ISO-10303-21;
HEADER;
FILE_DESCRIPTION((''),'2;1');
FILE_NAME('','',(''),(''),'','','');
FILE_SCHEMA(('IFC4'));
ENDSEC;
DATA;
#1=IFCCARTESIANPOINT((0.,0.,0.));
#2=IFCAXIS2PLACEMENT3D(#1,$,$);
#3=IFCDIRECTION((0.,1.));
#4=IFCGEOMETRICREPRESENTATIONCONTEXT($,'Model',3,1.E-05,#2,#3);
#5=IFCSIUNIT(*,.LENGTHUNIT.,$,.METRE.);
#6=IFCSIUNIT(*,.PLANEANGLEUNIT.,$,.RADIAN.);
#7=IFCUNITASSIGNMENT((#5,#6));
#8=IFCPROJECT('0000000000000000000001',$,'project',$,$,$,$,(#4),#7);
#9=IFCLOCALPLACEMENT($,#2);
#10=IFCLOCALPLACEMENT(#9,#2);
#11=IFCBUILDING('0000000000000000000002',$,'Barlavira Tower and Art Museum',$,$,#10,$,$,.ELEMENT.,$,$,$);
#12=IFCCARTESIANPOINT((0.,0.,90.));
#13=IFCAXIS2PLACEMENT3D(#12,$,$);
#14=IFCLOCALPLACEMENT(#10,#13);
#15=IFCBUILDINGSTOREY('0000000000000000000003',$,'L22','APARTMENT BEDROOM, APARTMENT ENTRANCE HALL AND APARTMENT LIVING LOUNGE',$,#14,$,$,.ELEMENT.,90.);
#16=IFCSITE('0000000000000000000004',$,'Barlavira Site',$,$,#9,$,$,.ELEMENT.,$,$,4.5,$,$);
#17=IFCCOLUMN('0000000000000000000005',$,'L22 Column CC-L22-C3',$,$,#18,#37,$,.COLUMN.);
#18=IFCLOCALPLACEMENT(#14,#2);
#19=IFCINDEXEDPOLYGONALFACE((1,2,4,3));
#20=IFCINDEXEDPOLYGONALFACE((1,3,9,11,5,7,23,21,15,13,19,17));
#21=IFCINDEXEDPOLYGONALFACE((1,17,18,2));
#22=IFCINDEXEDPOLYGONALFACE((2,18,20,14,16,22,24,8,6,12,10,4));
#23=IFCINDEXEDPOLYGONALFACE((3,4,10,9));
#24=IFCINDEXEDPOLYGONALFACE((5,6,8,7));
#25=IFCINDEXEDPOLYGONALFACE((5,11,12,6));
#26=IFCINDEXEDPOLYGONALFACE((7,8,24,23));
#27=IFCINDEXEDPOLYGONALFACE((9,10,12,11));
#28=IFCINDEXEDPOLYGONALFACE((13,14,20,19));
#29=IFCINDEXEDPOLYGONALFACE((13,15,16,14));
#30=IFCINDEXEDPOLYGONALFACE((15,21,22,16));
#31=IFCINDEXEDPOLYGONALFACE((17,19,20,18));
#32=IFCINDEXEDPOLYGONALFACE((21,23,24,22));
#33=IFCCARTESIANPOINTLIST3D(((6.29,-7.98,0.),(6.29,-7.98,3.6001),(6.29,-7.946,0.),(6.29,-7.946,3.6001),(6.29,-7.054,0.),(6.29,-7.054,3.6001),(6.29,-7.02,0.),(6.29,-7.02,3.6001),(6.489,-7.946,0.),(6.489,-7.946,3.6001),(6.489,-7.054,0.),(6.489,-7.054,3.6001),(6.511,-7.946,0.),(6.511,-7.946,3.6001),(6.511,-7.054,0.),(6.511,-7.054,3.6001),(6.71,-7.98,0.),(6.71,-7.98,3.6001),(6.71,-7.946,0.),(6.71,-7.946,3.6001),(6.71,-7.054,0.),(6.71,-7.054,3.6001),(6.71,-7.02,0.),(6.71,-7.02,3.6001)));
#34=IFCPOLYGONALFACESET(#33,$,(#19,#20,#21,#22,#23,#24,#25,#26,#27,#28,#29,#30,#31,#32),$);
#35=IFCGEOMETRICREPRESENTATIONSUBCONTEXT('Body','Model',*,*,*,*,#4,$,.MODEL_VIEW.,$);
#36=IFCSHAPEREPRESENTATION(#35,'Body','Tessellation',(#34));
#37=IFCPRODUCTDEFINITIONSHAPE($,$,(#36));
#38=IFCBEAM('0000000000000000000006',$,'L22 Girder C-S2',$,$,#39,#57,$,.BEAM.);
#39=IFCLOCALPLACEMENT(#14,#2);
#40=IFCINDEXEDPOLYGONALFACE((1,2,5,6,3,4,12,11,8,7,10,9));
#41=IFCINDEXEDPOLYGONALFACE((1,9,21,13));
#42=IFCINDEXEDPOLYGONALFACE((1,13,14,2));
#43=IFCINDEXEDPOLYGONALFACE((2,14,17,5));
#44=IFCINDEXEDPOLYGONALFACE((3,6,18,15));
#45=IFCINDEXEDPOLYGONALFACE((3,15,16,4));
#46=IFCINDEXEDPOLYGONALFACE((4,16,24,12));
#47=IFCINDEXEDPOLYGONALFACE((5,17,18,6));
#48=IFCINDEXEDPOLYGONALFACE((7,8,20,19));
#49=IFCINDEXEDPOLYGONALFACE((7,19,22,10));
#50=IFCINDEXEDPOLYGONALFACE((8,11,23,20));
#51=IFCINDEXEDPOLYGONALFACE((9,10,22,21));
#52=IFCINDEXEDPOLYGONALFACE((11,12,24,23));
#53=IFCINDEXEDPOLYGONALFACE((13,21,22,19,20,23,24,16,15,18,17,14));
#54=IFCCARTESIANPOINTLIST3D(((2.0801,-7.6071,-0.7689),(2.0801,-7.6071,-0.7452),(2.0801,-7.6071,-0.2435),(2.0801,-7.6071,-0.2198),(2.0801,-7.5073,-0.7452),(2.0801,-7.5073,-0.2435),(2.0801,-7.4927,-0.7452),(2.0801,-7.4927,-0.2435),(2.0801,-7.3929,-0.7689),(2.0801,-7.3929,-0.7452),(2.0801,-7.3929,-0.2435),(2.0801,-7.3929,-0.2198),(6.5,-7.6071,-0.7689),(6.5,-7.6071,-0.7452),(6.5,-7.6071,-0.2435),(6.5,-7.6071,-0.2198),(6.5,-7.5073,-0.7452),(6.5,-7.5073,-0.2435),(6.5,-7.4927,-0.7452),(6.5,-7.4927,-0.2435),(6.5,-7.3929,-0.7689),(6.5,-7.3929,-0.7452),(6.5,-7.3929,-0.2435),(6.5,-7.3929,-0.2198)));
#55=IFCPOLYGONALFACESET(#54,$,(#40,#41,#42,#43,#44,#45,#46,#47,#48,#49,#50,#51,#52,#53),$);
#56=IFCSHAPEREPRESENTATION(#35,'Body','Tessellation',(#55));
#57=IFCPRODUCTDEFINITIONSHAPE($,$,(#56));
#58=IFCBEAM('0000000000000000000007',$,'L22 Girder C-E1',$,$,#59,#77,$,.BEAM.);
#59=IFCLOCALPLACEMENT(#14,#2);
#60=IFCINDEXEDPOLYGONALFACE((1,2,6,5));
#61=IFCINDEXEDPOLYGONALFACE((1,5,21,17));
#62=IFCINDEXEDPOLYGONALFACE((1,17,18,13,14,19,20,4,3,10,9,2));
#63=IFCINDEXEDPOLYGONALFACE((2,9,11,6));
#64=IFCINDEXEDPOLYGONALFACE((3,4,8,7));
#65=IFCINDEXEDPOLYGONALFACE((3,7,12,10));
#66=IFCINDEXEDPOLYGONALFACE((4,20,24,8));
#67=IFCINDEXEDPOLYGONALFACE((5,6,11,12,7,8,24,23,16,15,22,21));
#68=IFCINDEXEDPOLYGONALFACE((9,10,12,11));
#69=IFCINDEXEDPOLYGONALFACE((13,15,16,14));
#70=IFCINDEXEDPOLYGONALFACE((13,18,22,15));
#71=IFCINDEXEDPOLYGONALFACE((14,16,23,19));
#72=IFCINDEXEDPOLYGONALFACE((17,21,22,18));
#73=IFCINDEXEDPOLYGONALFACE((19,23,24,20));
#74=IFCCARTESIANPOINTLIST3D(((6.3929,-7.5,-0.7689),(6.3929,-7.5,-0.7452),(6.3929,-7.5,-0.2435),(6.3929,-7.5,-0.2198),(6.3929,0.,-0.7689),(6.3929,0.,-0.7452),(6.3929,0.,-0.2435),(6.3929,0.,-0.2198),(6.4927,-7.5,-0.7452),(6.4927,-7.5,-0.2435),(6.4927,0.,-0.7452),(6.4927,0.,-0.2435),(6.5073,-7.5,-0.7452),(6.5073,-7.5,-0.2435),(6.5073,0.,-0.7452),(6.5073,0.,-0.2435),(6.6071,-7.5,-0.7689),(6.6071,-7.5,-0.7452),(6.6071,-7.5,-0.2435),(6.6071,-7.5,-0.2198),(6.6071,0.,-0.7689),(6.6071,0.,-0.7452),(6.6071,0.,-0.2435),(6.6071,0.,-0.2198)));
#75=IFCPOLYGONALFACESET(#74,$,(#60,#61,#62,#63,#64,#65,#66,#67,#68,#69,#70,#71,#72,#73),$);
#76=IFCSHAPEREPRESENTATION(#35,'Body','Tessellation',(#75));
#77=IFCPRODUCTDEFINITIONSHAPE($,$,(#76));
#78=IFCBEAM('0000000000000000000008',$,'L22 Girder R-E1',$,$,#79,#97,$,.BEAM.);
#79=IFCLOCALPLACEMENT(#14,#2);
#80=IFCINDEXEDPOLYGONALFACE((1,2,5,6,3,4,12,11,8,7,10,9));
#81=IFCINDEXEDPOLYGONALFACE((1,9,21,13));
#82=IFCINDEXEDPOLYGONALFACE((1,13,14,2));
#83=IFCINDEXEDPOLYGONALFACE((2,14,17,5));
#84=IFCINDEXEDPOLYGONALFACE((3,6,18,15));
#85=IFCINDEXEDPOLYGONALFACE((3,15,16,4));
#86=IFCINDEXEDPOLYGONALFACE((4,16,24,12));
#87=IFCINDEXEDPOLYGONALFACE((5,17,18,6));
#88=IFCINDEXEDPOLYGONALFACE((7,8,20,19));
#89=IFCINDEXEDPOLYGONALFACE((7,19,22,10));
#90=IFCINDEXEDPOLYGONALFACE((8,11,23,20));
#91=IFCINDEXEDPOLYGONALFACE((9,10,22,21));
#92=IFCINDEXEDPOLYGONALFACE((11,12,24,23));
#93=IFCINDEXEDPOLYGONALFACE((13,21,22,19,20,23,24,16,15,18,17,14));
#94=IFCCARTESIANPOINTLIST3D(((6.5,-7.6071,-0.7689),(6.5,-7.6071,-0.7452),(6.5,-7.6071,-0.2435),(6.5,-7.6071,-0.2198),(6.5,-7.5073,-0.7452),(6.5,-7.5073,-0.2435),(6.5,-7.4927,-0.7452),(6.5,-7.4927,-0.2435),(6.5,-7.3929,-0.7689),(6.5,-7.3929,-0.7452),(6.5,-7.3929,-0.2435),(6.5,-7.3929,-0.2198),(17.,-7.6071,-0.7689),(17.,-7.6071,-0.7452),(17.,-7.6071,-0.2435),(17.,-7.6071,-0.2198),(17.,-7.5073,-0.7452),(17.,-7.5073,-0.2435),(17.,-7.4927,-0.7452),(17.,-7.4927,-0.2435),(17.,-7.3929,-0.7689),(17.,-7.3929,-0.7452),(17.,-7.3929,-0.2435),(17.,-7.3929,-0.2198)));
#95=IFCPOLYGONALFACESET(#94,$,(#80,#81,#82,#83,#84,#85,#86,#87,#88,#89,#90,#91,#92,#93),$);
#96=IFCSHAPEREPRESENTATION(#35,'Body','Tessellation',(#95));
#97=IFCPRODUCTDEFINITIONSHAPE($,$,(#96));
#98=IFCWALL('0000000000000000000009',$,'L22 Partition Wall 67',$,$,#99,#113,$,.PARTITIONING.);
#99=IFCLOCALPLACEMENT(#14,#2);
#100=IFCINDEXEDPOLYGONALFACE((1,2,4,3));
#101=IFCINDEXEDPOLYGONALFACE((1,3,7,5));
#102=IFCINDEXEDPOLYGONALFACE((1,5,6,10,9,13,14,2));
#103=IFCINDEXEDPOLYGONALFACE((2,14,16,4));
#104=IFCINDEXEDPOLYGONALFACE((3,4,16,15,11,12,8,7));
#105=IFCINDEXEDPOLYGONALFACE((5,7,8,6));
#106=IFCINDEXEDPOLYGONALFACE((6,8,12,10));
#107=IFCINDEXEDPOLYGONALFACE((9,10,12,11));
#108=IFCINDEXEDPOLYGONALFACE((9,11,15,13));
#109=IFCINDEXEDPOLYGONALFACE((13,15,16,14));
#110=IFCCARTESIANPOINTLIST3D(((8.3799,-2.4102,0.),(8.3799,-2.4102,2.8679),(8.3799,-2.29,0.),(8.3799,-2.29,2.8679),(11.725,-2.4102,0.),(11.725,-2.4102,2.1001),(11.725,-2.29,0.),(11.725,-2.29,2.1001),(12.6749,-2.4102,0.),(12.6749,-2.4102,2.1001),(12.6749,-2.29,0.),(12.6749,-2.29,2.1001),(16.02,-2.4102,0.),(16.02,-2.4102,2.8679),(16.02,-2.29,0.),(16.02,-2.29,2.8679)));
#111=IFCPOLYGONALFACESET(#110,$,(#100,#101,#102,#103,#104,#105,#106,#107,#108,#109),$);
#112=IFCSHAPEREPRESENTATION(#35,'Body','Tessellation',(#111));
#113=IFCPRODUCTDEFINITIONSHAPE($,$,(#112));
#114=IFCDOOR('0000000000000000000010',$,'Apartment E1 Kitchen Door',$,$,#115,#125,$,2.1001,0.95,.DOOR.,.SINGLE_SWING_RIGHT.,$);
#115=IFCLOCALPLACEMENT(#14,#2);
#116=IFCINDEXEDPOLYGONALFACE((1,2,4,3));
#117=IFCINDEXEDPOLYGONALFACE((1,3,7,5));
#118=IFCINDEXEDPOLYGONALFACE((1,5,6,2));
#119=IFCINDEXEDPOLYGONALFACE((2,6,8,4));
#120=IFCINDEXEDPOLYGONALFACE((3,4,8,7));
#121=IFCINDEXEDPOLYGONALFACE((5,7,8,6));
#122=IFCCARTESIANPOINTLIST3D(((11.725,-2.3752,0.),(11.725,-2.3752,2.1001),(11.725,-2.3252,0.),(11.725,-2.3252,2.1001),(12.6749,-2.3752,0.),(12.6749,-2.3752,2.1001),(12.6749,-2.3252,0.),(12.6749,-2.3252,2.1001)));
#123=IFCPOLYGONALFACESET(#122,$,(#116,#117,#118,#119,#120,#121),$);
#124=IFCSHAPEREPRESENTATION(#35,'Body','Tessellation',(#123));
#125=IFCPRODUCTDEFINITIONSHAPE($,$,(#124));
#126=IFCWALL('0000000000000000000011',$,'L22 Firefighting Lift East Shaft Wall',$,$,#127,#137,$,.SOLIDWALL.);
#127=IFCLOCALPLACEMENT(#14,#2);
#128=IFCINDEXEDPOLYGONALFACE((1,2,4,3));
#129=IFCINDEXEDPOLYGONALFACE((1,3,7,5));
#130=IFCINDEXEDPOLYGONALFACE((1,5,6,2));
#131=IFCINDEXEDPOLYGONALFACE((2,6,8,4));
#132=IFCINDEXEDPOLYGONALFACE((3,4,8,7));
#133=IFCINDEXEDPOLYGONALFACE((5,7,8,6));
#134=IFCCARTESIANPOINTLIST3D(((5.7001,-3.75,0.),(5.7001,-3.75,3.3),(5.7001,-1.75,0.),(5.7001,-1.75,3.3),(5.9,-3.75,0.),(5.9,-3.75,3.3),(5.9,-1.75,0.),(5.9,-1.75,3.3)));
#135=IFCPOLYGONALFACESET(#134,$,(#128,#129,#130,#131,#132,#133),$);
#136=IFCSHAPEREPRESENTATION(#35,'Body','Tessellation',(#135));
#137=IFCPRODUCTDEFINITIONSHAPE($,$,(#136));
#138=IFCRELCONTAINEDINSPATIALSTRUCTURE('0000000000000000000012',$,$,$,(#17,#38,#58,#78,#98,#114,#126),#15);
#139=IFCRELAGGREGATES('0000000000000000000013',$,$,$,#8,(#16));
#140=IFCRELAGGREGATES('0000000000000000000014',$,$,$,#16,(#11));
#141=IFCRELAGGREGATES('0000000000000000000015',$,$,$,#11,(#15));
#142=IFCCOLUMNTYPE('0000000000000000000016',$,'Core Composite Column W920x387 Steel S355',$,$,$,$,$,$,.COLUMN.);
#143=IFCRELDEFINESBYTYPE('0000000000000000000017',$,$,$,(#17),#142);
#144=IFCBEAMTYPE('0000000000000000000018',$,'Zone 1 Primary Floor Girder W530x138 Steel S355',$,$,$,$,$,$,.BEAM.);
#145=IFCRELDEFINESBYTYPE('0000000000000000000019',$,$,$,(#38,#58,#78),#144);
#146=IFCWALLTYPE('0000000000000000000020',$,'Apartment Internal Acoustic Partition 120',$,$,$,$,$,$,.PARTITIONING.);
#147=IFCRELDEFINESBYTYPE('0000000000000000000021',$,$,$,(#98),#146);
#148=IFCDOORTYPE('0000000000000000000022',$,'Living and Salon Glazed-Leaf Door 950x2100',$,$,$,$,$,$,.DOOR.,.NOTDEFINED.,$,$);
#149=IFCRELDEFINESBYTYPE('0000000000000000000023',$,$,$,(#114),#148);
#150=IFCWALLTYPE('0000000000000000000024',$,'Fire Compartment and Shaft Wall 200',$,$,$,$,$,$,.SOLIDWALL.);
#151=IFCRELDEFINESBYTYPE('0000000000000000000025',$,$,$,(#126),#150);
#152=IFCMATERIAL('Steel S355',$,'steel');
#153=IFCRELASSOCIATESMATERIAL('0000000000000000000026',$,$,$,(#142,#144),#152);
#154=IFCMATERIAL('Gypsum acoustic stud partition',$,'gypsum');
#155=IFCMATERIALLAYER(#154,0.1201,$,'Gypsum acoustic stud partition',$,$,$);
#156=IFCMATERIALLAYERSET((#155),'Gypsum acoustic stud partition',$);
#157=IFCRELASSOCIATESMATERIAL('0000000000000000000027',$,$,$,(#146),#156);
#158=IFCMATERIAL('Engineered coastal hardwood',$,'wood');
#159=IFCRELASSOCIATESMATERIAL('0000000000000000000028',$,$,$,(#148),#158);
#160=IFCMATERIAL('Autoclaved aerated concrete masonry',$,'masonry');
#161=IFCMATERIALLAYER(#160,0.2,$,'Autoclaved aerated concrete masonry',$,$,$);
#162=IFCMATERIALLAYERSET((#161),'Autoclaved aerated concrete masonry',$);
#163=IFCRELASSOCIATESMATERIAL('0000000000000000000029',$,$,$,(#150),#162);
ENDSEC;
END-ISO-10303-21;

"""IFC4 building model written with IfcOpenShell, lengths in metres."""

from ifc_helpers import new_model, si_unit, direction, frame, frame_2d, origin, origin_2d, place, context, subcontext, project, spatial, rectangle, i_section, extrude, material, layer, layer_set, material_profile, profile_set, type_object, element, fill, save


model = new_model("IFC4")

# Units and contexts
model_context = context("Model", 3, precision=1e-05, world=origin(), true_north=direction((0.0, 1.0)))
body_context = subcontext(model_context, "Body", "Model", "MODEL_VIEW")
ifc_project = project(units=[si_unit("LENGTHUNIT", "METRE"), si_unit("PLANEANGLEUNIT", "RADIAN")], contexts=[model_context])

# Site, building, storey
site_placement = place(None, origin())
site = spatial("IfcSite", under=ifc_project, at=site_placement, Name="Barlavira Site", CompositionType="ELEMENT", RefElevation=4.5)
building_placement = place(site_placement, origin())
building = spatial("IfcBuilding", under=site, at=building_placement, Name="Barlavira Tower and Art Museum", CompositionType="ELEMENT")
storey_placement = place(building_placement, frame((0.0, 0.0, 90.0)))
storey = spatial("IfcBuildingStorey", under=building, at=storey_placement, Name="L22", Description="APARTMENT BEDROOM, APARTMENT ENTRANCE HALL AND APARTMENT LIVING LOUNGE", CompositionType="ELEMENT", Elevation=90.0)

# Column
ifc_material_1 = material(Name="Steel S355", Category="steel")
ifc_material_profile_1 = material_profile(ifc_material_1, i_section(OverallWidth=0.4199, OverallDepth=0.96, WebThickness=0.022, FlangeThickness=0.0339, at=origin_2d()), Name="W920x387.0")
ifc_profile_set_1 = profile_set([ifc_material_profile_1], Name="Steel S355")
column_type = type_object("IfcColumnType", Name="Core Composite Column W920x387 Steel S355", PredefinedType="COLUMN", material=ifc_profile_set_1)
column_placement = place(storey_placement, frame((6.5, -7.5, 0.0), z_axis=(0.0, 0.0, 1.0), x_axis=(1.0, 0.0, 0.0)))
element("IfcColumn", 1, at=column_placement, inside=storey, type_object=column_type, Name="L22 Column CC-L22-C3", PredefinedType="COLUMN", context=body_context, shape_type="SweptSolid", body=[
    extrude(i_section(OverallWidth=0.4199, OverallDepth=0.96, WebThickness=0.022, FlangeThickness=0.0339, at=origin_2d()), origin(), (0.0, 0.0, 1.0), 3.6001),
])

# Beams
ifc_material_profile_2 = material_profile(ifc_material_1, i_section(OverallWidth=0.2141, OverallDepth=0.5491, WebThickness=0.0146, FlangeThickness=0.0237, at=origin_2d()), Name="W530x138.0")
ifc_profile_set_2 = profile_set([ifc_material_profile_2], Name="Steel S355")
beam_type = type_object("IfcBeamType", Name="Zone 1 Primary Floor Girder W530x138 Steel S355", PredefinedType="BEAM", material=ifc_profile_set_2)
beam_1_placement = place(storey_placement, frame((2.0801, -7.5, -0.4944), z_axis=(1.0, 0.0, 0.0), x_axis=(0.0, 1.0, 0.0)))
element("IfcBeam", 2, at=beam_1_placement, inside=storey, type_object=beam_type, Name="L22 Girder C-S2", PredefinedType="BEAM", context=body_context, shape_type="SweptSolid", body=[
    extrude(i_section(OverallWidth=0.2141, OverallDepth=0.5491, WebThickness=0.0146, FlangeThickness=0.0237, at=origin_2d()), origin(), (0.0, 0.0, 1.0), 4.4199),
])
beam_2_placement = place(storey_placement, frame((6.5, -7.5, -0.4944), z_axis=(0.0, 1.0, 0.0), x_axis=(-1.0, 0.0, 0.0)))
element("IfcBeam", 3, at=beam_2_placement, inside=storey, type_object=beam_type, Name="L22 Girder C-E1", PredefinedType="BEAM", context=body_context, shape_type="SweptSolid", body=[
    extrude(i_section(OverallWidth=0.2141, OverallDepth=0.5491, WebThickness=0.0146, FlangeThickness=0.0237, at=origin_2d()), origin(), (0.0, 0.0, 1.0), 7.5),
])
beam_3_placement = place(storey_placement, frame((6.5, -7.5, -0.4944), z_axis=(1.0, 0.0, 0.0), x_axis=(0.0, 1.0, 0.0)))
element("IfcBeam", 4, at=beam_3_placement, inside=storey, type_object=beam_type, Name="L22 Girder R-E1", PredefinedType="BEAM", context=body_context, shape_type="SweptSolid", body=[
    extrude(i_section(OverallWidth=0.2141, OverallDepth=0.5491, WebThickness=0.0146, FlangeThickness=0.0237, at=origin_2d()), origin(), (0.0, 0.0, 1.0), 10.5),
])

# Wall, opening, door
ifc_material_2 = material(Name="Gypsum acoustic stud partition", Category="gypsum")
ifc_layer_1 = layer(ifc_material_2, 0.1201, Name="Gypsum acoustic stud partition")
ifc_layer_set_1 = layer_set([ifc_layer_1], Name="Gypsum acoustic stud partition")
wall_type_1 = type_object("IfcWallType", Name="Apartment Internal Acoustic Partition 120", PredefinedType="PARTITIONING", material=ifc_layer_set_1)
wall_1_placement = place(storey_placement, frame((8.3799, -2.3501, 0.0), z_axis=(0.0, 0.0, 1.0), x_axis=(1.0, 0.0, 0.0)))
wall_1 = element("IfcWall", 5, at=wall_1_placement, inside=storey, type_object=wall_type_1, Name="L22 Partition Wall 67", PredefinedType="PARTITIONING", context=body_context, shape_type="SweptSolid", body=[
    extrude(rectangle(XDim=7.6401, YDim=0.1201, at=frame_2d((3.8201, 0.0))), origin(), (0.0, 0.0, 1.0), 2.8679),
])
opening_1_placement = place(wall_1_placement, frame((3.345, 0.0, 0.0)))
opening_1 = element("IfcOpeningElement", 6, at=opening_1_placement, cuts=wall_1, PredefinedType="OPENING", context=body_context, shape_type="SweptSolid", body=[
    extrude(rectangle(XDim=0.95, YDim=2.1001, at=frame_2d((0.4751, 1.05))), frame((0.0, 0.0701, 0.0), z_axis=(0.0, -1.0, 0.0), x_axis=(1.0, 0.0, 0.0)), (0.0, 0.0, 1.0), 0.1401),
])
ifc_material_3 = material(Name="Engineered coastal hardwood", Category="wood")
door_type_1 = type_object("IfcDoorType", Name="Living and Salon Glazed-Leaf Door 950x2100", OperationType="NOTDEFINED", PredefinedType="DOOR", material=ifc_material_3)
door_1_placement = place(opening_1_placement, origin())
door_1 = element("IfcDoor", 7, at=door_1_placement, inside=storey, type_object=door_type_1, Name="Apartment E1 Kitchen Door", OperationType="SINGLE_SWING_RIGHT", OverallHeight=2.1001, OverallWidth=0.95, PredefinedType="DOOR", context=body_context, shape_type="SweptSolid", body=[
    extrude(rectangle(XDim=0.95, YDim=2.1001, at=frame_2d((0.4751, 1.05))), frame((0.0, 0.0249, 0.0), z_axis=(0.0, -1.0, 0.0), x_axis=(1.0, 0.0, 0.0)), (0.0, 0.0, 1.0), 0.05),
])
fill(opening_1, door_1)

# Wall
ifc_material_4 = material(Name="Autoclaved aerated concrete masonry", Category="masonry")
ifc_layer_2 = layer(ifc_material_4, 0.2, Name="Autoclaved aerated concrete masonry")
ifc_layer_set_2 = layer_set([ifc_layer_2], Name="Autoclaved aerated concrete masonry")
wall_type_2 = type_object("IfcWallType", Name="Fire Compartment and Shaft Wall 200", PredefinedType="SOLIDWALL", material=ifc_layer_set_2)
wall_2_placement = place(storey_placement, frame((5.8, -3.75, 0.0), z_axis=(0.0, 0.0, 1.0), x_axis=(0.0, 1.0, 0.0)))
element("IfcWall", 8, at=wall_2_placement, inside=storey, type_object=wall_type_2, Name="L22 Firefighting Lift East Shaft Wall", PredefinedType="SOLIDWALL", context=body_context, shape_type="SweptSolid", body=[
    extrude(rectangle(XDim=2.0, YDim=0.2, at=frame_2d((1.0, 0.0))), origin(), (0.0, 0.0, 1.0), 3.3),
])

save(model, "model.ifc")
